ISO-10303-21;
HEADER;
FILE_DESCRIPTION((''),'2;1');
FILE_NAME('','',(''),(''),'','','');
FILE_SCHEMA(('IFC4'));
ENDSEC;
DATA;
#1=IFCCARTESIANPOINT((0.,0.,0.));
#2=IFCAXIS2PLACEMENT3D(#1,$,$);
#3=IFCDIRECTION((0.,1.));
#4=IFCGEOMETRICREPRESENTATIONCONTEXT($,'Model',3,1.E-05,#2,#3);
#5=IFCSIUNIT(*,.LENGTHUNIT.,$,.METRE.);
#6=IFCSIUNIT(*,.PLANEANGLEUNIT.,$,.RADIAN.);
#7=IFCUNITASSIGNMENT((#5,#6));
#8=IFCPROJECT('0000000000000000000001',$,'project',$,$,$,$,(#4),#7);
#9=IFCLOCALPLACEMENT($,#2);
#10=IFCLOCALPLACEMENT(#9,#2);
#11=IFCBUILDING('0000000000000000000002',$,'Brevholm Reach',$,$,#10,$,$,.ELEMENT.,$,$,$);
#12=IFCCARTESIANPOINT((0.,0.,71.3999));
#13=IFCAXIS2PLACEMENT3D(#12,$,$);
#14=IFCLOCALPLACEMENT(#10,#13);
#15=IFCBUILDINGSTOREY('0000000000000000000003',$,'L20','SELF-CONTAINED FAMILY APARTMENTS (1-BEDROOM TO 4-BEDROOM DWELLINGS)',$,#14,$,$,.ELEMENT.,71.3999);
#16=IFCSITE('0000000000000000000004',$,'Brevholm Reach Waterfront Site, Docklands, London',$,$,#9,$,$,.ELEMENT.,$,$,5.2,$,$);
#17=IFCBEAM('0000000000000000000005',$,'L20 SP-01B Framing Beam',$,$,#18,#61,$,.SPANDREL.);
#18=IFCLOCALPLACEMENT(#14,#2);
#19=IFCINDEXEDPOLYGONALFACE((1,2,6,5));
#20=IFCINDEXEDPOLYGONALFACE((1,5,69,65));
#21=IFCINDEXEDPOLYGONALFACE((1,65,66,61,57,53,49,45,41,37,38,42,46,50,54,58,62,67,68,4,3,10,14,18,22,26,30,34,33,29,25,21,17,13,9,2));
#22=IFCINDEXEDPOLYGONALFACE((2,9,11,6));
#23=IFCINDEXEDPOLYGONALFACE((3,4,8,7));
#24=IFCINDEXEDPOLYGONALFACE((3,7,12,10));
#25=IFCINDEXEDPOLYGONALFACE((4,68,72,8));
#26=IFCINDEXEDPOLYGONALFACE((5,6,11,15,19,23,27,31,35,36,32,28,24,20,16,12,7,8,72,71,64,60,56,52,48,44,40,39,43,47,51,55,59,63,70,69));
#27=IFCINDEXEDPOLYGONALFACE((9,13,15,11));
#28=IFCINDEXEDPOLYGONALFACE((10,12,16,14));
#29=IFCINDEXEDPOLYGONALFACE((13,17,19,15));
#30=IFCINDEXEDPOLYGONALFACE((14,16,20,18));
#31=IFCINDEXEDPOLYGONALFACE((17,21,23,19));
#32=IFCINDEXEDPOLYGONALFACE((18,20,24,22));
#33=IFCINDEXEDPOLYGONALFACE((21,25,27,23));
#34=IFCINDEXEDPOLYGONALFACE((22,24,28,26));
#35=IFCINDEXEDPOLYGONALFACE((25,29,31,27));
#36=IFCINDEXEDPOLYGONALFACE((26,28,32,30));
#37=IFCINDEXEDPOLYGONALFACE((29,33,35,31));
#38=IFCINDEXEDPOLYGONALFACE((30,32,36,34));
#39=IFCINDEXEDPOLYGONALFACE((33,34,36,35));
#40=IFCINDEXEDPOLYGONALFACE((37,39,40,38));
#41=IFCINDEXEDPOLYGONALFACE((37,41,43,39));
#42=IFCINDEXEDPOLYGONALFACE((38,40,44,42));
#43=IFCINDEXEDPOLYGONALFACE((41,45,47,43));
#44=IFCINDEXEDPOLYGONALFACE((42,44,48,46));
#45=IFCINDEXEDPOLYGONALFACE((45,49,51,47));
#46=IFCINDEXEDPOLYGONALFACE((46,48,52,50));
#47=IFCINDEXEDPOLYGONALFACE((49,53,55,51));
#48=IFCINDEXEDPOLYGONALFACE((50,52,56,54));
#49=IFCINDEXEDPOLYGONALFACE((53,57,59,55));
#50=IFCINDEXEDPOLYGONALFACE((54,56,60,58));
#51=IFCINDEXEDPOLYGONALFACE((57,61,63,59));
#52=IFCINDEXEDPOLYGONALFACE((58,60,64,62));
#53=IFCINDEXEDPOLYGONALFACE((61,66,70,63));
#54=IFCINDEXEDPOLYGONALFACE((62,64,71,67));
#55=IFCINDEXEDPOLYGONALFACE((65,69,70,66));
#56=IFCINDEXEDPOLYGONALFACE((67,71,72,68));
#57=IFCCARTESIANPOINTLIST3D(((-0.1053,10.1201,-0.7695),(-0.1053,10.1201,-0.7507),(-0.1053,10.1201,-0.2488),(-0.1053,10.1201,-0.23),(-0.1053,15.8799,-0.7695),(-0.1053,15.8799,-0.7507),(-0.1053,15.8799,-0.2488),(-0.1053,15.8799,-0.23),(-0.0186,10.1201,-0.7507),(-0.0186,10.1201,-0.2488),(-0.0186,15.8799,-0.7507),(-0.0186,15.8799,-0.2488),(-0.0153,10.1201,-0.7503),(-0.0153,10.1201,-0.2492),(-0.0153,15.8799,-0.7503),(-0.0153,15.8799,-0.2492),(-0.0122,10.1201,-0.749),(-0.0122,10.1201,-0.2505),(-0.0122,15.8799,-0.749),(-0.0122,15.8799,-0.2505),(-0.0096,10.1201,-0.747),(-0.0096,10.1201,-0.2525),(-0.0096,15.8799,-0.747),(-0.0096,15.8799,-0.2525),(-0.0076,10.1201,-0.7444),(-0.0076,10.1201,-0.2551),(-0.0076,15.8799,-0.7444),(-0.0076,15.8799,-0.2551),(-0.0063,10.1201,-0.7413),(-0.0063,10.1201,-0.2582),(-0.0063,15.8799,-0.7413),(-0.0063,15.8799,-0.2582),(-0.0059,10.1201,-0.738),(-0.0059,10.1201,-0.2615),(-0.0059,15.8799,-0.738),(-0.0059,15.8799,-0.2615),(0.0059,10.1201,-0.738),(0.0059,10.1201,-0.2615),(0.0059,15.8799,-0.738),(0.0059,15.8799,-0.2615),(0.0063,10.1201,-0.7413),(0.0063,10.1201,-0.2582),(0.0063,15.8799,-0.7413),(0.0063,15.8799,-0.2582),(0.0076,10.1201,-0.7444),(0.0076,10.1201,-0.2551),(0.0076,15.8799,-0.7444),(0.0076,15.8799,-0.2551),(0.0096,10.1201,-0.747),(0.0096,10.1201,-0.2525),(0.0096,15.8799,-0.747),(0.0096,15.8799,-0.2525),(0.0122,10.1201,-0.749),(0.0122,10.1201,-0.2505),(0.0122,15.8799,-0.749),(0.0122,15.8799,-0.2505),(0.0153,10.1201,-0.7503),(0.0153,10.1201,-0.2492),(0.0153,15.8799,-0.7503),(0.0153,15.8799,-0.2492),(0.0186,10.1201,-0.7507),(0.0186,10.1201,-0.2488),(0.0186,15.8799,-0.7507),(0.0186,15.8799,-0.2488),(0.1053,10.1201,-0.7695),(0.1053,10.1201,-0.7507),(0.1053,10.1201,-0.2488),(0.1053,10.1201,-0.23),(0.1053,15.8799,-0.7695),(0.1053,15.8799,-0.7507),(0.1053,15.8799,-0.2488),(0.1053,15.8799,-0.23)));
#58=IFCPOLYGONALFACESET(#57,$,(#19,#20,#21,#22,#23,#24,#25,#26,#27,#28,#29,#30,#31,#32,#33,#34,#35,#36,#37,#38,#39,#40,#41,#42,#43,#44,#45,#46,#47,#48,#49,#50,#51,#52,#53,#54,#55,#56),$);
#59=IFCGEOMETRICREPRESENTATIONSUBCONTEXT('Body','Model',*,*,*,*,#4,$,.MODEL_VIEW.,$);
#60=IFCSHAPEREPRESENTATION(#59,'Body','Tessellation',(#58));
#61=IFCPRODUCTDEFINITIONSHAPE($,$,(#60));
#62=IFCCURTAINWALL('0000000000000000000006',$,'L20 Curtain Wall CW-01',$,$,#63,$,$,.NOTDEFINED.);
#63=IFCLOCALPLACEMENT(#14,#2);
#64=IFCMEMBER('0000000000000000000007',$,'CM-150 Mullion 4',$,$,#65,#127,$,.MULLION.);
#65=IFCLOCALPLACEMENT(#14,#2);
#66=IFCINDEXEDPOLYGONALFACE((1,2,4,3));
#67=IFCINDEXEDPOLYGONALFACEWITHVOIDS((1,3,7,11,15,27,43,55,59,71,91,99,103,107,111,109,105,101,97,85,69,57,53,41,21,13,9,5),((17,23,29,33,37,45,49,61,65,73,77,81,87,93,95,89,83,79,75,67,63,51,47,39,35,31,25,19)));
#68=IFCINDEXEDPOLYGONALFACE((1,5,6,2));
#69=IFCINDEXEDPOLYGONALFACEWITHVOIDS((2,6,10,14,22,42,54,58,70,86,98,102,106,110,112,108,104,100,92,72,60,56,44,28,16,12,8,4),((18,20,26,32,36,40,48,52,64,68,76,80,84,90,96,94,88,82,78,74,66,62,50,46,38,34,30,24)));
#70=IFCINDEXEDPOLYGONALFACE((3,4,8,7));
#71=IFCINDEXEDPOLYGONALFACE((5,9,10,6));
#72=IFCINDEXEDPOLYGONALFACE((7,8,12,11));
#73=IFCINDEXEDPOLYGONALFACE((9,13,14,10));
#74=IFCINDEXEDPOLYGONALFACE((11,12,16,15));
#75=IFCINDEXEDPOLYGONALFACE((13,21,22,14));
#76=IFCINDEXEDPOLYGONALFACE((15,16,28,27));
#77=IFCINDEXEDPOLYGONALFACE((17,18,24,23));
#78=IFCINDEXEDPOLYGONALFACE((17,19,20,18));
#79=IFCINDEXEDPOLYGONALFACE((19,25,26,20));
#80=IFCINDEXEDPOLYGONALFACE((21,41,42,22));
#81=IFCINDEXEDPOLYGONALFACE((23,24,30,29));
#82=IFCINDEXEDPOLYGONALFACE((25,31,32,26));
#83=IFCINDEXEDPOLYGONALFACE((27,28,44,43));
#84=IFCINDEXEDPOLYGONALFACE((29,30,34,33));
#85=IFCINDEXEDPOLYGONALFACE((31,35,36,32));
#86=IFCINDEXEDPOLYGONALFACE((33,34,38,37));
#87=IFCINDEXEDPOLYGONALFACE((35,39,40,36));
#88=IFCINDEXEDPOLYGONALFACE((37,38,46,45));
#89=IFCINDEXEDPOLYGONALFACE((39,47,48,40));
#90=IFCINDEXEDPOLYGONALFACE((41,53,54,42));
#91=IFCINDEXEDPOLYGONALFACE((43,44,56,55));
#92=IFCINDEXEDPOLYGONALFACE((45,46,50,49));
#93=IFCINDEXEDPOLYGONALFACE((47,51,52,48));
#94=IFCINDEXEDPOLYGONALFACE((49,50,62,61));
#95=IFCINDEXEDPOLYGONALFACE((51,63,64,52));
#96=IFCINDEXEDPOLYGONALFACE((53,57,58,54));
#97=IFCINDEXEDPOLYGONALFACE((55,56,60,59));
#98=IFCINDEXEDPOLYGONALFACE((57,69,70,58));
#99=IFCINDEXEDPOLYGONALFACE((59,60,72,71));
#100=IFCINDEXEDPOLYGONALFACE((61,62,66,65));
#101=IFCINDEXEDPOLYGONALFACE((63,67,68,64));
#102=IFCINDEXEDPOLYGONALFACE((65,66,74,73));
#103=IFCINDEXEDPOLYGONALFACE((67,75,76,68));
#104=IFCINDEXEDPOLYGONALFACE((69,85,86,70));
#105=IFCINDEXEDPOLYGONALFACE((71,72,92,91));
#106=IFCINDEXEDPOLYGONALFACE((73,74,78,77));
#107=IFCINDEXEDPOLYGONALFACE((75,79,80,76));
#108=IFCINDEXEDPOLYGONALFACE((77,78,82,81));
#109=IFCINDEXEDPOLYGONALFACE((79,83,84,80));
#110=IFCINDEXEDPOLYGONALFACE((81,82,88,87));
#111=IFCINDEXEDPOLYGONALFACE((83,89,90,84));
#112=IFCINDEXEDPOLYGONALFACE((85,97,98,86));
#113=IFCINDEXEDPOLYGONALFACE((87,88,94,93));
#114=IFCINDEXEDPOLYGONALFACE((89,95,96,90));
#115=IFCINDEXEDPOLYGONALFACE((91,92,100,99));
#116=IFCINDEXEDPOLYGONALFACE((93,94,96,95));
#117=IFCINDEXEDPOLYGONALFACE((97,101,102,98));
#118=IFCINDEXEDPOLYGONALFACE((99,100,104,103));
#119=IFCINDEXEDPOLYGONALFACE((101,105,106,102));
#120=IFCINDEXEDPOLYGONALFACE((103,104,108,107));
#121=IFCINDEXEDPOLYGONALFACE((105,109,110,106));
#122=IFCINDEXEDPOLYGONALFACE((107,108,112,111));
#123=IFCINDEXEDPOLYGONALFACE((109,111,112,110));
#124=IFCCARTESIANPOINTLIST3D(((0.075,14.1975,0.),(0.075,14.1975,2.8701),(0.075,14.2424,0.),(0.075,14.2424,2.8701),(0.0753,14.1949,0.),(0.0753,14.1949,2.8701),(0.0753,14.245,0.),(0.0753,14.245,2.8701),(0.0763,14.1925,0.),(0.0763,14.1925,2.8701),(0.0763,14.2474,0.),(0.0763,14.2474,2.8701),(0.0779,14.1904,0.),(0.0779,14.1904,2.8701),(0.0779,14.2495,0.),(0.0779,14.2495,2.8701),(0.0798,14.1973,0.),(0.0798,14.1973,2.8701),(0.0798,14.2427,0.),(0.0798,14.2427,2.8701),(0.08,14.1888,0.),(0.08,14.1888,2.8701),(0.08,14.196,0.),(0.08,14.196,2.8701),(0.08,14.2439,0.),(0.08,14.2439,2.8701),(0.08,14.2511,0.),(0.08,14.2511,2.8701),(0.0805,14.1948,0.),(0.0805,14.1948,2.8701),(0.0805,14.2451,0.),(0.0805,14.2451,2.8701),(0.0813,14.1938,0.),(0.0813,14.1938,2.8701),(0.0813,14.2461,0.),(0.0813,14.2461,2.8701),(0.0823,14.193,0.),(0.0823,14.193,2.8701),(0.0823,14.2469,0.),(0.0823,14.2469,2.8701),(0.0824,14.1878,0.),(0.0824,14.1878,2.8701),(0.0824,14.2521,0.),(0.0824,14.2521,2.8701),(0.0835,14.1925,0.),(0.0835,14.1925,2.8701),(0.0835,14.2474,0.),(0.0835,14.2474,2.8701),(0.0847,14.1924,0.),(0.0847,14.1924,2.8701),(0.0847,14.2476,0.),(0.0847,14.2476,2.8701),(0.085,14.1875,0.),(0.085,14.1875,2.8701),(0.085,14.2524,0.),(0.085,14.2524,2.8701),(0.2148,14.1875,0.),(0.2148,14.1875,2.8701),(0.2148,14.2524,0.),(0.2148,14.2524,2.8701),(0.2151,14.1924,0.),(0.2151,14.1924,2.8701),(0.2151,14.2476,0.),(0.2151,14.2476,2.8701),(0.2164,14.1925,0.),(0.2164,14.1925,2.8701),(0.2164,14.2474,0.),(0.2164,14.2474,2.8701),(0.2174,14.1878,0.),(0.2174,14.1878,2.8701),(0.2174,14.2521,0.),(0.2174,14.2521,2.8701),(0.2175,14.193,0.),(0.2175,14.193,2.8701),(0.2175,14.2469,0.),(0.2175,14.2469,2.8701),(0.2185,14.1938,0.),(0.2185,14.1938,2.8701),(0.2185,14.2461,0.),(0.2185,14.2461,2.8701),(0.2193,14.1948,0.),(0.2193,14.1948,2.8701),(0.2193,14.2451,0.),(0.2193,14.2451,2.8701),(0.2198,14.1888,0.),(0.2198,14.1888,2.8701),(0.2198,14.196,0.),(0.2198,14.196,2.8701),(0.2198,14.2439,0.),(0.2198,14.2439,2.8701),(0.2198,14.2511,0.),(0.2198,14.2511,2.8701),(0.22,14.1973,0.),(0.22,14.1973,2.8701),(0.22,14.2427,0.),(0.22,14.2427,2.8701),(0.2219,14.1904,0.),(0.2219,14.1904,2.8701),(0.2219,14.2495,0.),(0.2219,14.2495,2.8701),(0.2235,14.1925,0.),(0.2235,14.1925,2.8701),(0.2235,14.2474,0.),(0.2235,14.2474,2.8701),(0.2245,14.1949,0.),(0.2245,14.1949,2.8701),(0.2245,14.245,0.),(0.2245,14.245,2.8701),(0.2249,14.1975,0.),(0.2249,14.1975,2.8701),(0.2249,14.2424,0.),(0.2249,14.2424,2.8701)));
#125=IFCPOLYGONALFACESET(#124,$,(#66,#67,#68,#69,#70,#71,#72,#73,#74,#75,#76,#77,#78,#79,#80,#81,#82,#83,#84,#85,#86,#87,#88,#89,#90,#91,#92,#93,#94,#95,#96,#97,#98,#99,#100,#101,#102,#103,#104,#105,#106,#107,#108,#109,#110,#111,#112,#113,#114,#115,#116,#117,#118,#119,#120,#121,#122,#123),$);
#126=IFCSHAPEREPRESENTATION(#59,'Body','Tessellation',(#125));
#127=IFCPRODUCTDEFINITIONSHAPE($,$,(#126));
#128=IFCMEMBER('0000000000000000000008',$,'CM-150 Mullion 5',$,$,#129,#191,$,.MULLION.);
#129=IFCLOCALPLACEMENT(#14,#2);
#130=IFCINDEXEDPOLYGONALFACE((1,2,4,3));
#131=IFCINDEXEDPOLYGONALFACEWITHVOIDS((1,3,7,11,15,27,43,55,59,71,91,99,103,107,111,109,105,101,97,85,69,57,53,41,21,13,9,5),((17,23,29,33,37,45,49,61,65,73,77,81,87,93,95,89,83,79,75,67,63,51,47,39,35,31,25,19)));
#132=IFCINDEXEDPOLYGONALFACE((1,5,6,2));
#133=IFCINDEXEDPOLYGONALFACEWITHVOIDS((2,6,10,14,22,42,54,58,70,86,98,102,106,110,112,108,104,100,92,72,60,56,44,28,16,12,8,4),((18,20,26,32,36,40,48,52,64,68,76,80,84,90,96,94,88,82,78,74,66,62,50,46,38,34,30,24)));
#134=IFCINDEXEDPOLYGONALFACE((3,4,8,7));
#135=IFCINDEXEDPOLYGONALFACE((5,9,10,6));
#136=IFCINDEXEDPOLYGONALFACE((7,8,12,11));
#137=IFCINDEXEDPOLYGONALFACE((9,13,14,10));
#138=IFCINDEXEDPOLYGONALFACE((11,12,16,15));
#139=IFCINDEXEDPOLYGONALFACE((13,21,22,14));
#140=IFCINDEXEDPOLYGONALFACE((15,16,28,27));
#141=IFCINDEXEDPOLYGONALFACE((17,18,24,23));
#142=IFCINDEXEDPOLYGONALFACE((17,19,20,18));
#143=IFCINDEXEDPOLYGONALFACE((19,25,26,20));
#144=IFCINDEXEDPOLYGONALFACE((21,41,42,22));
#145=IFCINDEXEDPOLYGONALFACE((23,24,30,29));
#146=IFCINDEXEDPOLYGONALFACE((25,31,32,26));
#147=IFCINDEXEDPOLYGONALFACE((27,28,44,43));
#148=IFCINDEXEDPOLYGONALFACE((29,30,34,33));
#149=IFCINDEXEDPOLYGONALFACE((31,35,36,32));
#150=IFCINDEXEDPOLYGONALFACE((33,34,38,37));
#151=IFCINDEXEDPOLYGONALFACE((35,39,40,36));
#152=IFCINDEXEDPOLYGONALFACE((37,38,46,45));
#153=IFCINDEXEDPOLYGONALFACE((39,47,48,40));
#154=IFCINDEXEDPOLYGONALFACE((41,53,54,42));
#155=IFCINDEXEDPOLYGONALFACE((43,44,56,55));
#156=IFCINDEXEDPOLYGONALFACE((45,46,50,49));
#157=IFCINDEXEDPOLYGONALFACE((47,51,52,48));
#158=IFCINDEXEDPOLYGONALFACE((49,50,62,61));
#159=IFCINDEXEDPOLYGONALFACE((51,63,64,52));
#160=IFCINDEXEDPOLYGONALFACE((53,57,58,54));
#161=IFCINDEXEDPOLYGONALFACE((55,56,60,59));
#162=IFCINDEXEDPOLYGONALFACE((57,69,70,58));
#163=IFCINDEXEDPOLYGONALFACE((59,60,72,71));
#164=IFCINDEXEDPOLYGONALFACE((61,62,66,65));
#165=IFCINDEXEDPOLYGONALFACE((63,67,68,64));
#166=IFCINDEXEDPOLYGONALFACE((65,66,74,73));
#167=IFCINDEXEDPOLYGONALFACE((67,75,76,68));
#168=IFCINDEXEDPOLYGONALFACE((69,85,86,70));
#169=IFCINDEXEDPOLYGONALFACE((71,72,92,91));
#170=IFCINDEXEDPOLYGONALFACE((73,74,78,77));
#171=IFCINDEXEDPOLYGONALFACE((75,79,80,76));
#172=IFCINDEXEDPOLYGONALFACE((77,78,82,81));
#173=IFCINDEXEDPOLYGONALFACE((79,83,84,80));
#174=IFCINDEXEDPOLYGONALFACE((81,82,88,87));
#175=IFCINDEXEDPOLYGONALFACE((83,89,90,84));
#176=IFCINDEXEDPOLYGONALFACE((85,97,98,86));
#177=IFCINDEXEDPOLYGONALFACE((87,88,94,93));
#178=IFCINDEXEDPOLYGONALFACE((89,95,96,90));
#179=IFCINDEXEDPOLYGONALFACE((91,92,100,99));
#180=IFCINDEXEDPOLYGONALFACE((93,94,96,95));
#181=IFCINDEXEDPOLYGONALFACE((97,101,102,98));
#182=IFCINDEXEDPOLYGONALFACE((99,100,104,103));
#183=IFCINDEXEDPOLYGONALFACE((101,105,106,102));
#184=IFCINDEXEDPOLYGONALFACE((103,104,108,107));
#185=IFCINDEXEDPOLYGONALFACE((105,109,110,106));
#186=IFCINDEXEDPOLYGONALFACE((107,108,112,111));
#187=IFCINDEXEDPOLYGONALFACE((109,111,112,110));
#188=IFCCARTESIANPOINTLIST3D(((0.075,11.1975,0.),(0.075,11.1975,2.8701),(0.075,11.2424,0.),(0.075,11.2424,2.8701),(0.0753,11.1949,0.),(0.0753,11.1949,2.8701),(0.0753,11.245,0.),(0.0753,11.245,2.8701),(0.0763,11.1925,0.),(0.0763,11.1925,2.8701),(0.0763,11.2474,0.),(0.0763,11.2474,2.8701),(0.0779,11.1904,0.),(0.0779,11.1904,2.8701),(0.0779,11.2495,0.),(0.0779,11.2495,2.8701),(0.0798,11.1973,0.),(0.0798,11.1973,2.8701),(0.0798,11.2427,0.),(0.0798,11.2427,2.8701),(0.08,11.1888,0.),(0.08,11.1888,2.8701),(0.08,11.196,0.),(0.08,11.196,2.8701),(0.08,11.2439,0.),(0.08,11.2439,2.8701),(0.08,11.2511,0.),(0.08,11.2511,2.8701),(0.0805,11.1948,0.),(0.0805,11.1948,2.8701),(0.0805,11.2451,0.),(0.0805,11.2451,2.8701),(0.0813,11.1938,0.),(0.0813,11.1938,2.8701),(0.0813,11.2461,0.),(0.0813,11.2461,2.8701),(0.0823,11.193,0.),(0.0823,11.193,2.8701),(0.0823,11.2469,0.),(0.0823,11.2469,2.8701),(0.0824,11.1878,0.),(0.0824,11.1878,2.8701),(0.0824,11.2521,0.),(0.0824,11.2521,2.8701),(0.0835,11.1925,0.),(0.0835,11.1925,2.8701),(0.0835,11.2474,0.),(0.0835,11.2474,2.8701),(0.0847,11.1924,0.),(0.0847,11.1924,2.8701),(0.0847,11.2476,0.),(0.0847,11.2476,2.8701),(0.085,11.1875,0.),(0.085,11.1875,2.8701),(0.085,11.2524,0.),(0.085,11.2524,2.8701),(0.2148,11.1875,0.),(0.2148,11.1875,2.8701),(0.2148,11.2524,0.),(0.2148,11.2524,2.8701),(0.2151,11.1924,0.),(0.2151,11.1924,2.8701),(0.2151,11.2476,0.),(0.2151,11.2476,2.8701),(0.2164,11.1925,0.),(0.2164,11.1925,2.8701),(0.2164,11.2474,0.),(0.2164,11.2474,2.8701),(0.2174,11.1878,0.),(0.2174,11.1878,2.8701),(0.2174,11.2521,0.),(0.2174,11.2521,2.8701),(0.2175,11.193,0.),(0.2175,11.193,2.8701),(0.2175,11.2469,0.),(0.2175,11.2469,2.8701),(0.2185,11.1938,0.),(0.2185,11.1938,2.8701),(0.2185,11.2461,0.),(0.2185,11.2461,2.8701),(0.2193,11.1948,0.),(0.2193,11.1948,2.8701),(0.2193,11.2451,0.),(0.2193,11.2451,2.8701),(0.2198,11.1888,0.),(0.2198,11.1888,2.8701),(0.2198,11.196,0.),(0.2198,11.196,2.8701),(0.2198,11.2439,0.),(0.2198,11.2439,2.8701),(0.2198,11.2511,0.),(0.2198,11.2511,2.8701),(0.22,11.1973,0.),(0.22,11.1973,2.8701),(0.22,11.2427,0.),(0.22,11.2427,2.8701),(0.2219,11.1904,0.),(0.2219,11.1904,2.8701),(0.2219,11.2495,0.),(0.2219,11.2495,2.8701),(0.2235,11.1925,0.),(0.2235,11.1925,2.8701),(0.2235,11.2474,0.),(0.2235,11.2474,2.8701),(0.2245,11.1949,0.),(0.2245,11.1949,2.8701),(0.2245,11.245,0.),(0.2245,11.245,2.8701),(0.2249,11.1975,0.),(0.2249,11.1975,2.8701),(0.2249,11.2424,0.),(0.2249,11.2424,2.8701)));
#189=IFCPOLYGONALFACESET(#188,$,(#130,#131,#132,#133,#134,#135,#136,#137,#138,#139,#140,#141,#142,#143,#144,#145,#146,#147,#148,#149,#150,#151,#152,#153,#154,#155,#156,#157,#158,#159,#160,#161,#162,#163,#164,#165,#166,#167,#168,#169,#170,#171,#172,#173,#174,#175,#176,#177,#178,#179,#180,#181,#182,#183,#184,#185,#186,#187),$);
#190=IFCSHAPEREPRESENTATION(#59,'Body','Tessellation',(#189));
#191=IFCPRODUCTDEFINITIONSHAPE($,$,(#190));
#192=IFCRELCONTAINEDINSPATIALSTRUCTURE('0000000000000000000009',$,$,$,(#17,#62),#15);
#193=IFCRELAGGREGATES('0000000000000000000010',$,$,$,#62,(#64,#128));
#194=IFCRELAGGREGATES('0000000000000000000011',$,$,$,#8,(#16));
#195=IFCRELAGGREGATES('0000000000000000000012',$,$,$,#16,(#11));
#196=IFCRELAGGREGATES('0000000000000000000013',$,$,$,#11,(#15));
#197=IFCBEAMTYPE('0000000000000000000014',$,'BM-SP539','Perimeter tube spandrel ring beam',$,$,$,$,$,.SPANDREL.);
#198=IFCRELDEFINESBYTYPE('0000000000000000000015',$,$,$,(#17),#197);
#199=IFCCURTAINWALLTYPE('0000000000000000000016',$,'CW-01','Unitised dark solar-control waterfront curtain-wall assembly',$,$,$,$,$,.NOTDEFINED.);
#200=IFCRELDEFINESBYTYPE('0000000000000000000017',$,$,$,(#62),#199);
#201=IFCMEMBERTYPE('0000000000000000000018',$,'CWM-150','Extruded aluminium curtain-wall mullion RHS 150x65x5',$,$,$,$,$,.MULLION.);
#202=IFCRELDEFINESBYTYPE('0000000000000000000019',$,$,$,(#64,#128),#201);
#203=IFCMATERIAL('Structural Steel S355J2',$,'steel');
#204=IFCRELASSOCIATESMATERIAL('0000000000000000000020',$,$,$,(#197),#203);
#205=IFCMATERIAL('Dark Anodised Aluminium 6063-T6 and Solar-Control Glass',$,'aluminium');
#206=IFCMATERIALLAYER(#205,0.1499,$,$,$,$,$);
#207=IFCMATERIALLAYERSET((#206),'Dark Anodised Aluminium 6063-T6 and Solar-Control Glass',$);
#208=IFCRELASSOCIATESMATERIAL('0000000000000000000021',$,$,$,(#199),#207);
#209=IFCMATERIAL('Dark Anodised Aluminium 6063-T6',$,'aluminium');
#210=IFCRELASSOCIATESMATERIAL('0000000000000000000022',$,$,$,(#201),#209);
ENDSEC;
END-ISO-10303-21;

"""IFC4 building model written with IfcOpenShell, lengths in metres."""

from ifc_helpers import new_model, si_unit, direction, frame, origin, origin_2d, place, context, subcontext, project, spatial, hollow_rectangle, i_section, extrude, material, layer, layer_set, material_profile, profile_set, type_object, element, aggregate, save


model = new_model("IFC4")

# Units and contexts
model_context = context("Model", 3, precision=1e-05, world=origin(), true_north=direction((0.0, 1.0)))
body_context = subcontext(model_context, "Body", "Model", "MODEL_VIEW")
ifc_project = project(units=[si_unit("LENGTHUNIT", "METRE"), si_unit("PLANEANGLEUNIT", "RADIAN")], contexts=[model_context])

# Site, building, storey
site_placement = place(None, origin())
site = spatial("IfcSite", under=ifc_project, at=site_placement, Name="Brevholm Reach Waterfront Site, Docklands, London", CompositionType="ELEMENT", RefElevation=5.2)
building_placement = place(site_placement, origin())
building = spatial("IfcBuilding", under=site, at=building_placement, Name="Brevholm Reach", CompositionType="ELEMENT")
storey_placement = place(building_placement, frame((0.0, 0.0, 71.3999)))
storey = spatial("IfcBuildingStorey", under=building, at=storey_placement, Name="L20", Description="SELF-CONTAINED FAMILY APARTMENTS (1-BEDROOM TO 4-BEDROOM DWELLINGS)", CompositionType="ELEMENT", Elevation=71.3999)

# Beam
ifc_material_1 = material(Name="Structural Steel S355J2", Category="steel")
ifc_material_profile_1 = material_profile(ifc_material_1, i_section(OverallWidth=0.2107, OverallDepth=0.5396, WebThickness=0.0117, FlangeThickness=0.0188, FilletRadius=0.0127, at=origin_2d()), Name="UKB 533x210x109")
ifc_profile_set_1 = profile_set([ifc_material_profile_1], Name="Structural Steel S355J2")
beam_type = type_object("IfcBeamType", Name="BM-SP539", Description="Perimeter tube spandrel ring beam", PredefinedType="SPANDREL", material=ifc_profile_set_1)
beam_placement = place(storey_placement, frame((0.0, 10.1201, -0.4998), z_axis=(0.0, 1.0, 0.0), x_axis=(-1.0, 0.0, 0.0)))
element("IfcBeam", 1, at=beam_placement, inside=storey, type_object=beam_type, Name="L20 SP-01B Framing Beam", PredefinedType="SPANDREL", context=body_context, shape_type="SweptSolid", body=[
    extrude(i_section(OverallWidth=0.2107, OverallDepth=0.5396, WebThickness=0.0117, FlangeThickness=0.0188, FilletRadius=0.0127, at=origin_2d()), origin(), (0.0, 0.0, 1.0), 5.7598),
])

# Curtain wall, members
ifc_material_2 = material(Name="Dark Anodised Aluminium 6063-T6 and Solar-Control Glass", Category="aluminium")
ifc_layer_1 = layer(ifc_material_2, 0.1499)
ifc_layer_set_1 = layer_set([ifc_layer_1], Name="Dark Anodised Aluminium 6063-T6 and Solar-Control Glass")
curtain_wall_type = type_object("IfcCurtainWallType", Name="CW-01", Description="Unitised dark solar-control waterfront curtain-wall assembly", PredefinedType="NOTDEFINED", material=ifc_layer_set_1)
curtain_wall_placement = place(storey_placement, origin())
curtain_wall = element("IfcCurtainWall", 2, at=curtain_wall_placement, inside=storey, type_object=curtain_wall_type, Name="L20 Curtain Wall CW-01", PredefinedType="NOTDEFINED")
ifc_material_3 = material(Name="Dark Anodised Aluminium 6063-T6", Category="aluminium")
ifc_material_profile_2 = material_profile(ifc_material_3, hollow_rectangle(XDim=0.0649, YDim=0.1499, WallThickness=0.0049, InnerFilletRadius=0.0049, OuterFilletRadius=0.01, at=origin_2d()), Name="RHS 150x65x5")
ifc_profile_set_2 = profile_set([ifc_material_profile_2], Name="Dark Anodised Aluminium 6063-T6")
member_type_1 = type_object("IfcMemberType", Name="CWM-150", Description="Extruded aluminium curtain-wall mullion RHS 150x65x5", PredefinedType="MULLION", material=ifc_profile_set_2)
member_1_placement = place(storey_placement, frame((0.1499, 14.22, 0.0), z_axis=(0.0, 0.0, 1.0), x_axis=(0.0, -1.0, 0.0)))
member_1 = element("IfcMember", 3, at=member_1_placement, type_object=member_type_1, Name="CM-150 Mullion 4", PredefinedType="MULLION", context=body_context, shape_type="SweptSolid", body=[
    extrude(hollow_rectangle(XDim=0.0649, YDim=0.1499, WallThickness=0.0049, InnerFilletRadius=0.0049, OuterFilletRadius=0.01, at=origin_2d()), origin(), (0.0, 0.0, 1.0), 2.8701),
])
member_2_placement = place(storey_placement, frame((0.1499, 11.22, 0.0), z_axis=(0.0, 0.0, 1.0), x_axis=(0.0, -1.0, 0.0)))
member_2 = element("IfcMember", 4, at=member_2_placement, type_object=member_type_1, Name="CM-150 Mullion 5", PredefinedType="MULLION", context=body_context, shape_type="SweptSolid", body=[
    extrude(hollow_rectangle(XDim=0.0649, YDim=0.1499, WallThickness=0.0049, InnerFilletRadius=0.0049, OuterFilletRadius=0.01, at=origin_2d()), origin(), (0.0, 0.0, 1.0), 2.8701),
])
aggregate(curtain_wall, [member_1, member_2])

save(model, "model.ifc")
